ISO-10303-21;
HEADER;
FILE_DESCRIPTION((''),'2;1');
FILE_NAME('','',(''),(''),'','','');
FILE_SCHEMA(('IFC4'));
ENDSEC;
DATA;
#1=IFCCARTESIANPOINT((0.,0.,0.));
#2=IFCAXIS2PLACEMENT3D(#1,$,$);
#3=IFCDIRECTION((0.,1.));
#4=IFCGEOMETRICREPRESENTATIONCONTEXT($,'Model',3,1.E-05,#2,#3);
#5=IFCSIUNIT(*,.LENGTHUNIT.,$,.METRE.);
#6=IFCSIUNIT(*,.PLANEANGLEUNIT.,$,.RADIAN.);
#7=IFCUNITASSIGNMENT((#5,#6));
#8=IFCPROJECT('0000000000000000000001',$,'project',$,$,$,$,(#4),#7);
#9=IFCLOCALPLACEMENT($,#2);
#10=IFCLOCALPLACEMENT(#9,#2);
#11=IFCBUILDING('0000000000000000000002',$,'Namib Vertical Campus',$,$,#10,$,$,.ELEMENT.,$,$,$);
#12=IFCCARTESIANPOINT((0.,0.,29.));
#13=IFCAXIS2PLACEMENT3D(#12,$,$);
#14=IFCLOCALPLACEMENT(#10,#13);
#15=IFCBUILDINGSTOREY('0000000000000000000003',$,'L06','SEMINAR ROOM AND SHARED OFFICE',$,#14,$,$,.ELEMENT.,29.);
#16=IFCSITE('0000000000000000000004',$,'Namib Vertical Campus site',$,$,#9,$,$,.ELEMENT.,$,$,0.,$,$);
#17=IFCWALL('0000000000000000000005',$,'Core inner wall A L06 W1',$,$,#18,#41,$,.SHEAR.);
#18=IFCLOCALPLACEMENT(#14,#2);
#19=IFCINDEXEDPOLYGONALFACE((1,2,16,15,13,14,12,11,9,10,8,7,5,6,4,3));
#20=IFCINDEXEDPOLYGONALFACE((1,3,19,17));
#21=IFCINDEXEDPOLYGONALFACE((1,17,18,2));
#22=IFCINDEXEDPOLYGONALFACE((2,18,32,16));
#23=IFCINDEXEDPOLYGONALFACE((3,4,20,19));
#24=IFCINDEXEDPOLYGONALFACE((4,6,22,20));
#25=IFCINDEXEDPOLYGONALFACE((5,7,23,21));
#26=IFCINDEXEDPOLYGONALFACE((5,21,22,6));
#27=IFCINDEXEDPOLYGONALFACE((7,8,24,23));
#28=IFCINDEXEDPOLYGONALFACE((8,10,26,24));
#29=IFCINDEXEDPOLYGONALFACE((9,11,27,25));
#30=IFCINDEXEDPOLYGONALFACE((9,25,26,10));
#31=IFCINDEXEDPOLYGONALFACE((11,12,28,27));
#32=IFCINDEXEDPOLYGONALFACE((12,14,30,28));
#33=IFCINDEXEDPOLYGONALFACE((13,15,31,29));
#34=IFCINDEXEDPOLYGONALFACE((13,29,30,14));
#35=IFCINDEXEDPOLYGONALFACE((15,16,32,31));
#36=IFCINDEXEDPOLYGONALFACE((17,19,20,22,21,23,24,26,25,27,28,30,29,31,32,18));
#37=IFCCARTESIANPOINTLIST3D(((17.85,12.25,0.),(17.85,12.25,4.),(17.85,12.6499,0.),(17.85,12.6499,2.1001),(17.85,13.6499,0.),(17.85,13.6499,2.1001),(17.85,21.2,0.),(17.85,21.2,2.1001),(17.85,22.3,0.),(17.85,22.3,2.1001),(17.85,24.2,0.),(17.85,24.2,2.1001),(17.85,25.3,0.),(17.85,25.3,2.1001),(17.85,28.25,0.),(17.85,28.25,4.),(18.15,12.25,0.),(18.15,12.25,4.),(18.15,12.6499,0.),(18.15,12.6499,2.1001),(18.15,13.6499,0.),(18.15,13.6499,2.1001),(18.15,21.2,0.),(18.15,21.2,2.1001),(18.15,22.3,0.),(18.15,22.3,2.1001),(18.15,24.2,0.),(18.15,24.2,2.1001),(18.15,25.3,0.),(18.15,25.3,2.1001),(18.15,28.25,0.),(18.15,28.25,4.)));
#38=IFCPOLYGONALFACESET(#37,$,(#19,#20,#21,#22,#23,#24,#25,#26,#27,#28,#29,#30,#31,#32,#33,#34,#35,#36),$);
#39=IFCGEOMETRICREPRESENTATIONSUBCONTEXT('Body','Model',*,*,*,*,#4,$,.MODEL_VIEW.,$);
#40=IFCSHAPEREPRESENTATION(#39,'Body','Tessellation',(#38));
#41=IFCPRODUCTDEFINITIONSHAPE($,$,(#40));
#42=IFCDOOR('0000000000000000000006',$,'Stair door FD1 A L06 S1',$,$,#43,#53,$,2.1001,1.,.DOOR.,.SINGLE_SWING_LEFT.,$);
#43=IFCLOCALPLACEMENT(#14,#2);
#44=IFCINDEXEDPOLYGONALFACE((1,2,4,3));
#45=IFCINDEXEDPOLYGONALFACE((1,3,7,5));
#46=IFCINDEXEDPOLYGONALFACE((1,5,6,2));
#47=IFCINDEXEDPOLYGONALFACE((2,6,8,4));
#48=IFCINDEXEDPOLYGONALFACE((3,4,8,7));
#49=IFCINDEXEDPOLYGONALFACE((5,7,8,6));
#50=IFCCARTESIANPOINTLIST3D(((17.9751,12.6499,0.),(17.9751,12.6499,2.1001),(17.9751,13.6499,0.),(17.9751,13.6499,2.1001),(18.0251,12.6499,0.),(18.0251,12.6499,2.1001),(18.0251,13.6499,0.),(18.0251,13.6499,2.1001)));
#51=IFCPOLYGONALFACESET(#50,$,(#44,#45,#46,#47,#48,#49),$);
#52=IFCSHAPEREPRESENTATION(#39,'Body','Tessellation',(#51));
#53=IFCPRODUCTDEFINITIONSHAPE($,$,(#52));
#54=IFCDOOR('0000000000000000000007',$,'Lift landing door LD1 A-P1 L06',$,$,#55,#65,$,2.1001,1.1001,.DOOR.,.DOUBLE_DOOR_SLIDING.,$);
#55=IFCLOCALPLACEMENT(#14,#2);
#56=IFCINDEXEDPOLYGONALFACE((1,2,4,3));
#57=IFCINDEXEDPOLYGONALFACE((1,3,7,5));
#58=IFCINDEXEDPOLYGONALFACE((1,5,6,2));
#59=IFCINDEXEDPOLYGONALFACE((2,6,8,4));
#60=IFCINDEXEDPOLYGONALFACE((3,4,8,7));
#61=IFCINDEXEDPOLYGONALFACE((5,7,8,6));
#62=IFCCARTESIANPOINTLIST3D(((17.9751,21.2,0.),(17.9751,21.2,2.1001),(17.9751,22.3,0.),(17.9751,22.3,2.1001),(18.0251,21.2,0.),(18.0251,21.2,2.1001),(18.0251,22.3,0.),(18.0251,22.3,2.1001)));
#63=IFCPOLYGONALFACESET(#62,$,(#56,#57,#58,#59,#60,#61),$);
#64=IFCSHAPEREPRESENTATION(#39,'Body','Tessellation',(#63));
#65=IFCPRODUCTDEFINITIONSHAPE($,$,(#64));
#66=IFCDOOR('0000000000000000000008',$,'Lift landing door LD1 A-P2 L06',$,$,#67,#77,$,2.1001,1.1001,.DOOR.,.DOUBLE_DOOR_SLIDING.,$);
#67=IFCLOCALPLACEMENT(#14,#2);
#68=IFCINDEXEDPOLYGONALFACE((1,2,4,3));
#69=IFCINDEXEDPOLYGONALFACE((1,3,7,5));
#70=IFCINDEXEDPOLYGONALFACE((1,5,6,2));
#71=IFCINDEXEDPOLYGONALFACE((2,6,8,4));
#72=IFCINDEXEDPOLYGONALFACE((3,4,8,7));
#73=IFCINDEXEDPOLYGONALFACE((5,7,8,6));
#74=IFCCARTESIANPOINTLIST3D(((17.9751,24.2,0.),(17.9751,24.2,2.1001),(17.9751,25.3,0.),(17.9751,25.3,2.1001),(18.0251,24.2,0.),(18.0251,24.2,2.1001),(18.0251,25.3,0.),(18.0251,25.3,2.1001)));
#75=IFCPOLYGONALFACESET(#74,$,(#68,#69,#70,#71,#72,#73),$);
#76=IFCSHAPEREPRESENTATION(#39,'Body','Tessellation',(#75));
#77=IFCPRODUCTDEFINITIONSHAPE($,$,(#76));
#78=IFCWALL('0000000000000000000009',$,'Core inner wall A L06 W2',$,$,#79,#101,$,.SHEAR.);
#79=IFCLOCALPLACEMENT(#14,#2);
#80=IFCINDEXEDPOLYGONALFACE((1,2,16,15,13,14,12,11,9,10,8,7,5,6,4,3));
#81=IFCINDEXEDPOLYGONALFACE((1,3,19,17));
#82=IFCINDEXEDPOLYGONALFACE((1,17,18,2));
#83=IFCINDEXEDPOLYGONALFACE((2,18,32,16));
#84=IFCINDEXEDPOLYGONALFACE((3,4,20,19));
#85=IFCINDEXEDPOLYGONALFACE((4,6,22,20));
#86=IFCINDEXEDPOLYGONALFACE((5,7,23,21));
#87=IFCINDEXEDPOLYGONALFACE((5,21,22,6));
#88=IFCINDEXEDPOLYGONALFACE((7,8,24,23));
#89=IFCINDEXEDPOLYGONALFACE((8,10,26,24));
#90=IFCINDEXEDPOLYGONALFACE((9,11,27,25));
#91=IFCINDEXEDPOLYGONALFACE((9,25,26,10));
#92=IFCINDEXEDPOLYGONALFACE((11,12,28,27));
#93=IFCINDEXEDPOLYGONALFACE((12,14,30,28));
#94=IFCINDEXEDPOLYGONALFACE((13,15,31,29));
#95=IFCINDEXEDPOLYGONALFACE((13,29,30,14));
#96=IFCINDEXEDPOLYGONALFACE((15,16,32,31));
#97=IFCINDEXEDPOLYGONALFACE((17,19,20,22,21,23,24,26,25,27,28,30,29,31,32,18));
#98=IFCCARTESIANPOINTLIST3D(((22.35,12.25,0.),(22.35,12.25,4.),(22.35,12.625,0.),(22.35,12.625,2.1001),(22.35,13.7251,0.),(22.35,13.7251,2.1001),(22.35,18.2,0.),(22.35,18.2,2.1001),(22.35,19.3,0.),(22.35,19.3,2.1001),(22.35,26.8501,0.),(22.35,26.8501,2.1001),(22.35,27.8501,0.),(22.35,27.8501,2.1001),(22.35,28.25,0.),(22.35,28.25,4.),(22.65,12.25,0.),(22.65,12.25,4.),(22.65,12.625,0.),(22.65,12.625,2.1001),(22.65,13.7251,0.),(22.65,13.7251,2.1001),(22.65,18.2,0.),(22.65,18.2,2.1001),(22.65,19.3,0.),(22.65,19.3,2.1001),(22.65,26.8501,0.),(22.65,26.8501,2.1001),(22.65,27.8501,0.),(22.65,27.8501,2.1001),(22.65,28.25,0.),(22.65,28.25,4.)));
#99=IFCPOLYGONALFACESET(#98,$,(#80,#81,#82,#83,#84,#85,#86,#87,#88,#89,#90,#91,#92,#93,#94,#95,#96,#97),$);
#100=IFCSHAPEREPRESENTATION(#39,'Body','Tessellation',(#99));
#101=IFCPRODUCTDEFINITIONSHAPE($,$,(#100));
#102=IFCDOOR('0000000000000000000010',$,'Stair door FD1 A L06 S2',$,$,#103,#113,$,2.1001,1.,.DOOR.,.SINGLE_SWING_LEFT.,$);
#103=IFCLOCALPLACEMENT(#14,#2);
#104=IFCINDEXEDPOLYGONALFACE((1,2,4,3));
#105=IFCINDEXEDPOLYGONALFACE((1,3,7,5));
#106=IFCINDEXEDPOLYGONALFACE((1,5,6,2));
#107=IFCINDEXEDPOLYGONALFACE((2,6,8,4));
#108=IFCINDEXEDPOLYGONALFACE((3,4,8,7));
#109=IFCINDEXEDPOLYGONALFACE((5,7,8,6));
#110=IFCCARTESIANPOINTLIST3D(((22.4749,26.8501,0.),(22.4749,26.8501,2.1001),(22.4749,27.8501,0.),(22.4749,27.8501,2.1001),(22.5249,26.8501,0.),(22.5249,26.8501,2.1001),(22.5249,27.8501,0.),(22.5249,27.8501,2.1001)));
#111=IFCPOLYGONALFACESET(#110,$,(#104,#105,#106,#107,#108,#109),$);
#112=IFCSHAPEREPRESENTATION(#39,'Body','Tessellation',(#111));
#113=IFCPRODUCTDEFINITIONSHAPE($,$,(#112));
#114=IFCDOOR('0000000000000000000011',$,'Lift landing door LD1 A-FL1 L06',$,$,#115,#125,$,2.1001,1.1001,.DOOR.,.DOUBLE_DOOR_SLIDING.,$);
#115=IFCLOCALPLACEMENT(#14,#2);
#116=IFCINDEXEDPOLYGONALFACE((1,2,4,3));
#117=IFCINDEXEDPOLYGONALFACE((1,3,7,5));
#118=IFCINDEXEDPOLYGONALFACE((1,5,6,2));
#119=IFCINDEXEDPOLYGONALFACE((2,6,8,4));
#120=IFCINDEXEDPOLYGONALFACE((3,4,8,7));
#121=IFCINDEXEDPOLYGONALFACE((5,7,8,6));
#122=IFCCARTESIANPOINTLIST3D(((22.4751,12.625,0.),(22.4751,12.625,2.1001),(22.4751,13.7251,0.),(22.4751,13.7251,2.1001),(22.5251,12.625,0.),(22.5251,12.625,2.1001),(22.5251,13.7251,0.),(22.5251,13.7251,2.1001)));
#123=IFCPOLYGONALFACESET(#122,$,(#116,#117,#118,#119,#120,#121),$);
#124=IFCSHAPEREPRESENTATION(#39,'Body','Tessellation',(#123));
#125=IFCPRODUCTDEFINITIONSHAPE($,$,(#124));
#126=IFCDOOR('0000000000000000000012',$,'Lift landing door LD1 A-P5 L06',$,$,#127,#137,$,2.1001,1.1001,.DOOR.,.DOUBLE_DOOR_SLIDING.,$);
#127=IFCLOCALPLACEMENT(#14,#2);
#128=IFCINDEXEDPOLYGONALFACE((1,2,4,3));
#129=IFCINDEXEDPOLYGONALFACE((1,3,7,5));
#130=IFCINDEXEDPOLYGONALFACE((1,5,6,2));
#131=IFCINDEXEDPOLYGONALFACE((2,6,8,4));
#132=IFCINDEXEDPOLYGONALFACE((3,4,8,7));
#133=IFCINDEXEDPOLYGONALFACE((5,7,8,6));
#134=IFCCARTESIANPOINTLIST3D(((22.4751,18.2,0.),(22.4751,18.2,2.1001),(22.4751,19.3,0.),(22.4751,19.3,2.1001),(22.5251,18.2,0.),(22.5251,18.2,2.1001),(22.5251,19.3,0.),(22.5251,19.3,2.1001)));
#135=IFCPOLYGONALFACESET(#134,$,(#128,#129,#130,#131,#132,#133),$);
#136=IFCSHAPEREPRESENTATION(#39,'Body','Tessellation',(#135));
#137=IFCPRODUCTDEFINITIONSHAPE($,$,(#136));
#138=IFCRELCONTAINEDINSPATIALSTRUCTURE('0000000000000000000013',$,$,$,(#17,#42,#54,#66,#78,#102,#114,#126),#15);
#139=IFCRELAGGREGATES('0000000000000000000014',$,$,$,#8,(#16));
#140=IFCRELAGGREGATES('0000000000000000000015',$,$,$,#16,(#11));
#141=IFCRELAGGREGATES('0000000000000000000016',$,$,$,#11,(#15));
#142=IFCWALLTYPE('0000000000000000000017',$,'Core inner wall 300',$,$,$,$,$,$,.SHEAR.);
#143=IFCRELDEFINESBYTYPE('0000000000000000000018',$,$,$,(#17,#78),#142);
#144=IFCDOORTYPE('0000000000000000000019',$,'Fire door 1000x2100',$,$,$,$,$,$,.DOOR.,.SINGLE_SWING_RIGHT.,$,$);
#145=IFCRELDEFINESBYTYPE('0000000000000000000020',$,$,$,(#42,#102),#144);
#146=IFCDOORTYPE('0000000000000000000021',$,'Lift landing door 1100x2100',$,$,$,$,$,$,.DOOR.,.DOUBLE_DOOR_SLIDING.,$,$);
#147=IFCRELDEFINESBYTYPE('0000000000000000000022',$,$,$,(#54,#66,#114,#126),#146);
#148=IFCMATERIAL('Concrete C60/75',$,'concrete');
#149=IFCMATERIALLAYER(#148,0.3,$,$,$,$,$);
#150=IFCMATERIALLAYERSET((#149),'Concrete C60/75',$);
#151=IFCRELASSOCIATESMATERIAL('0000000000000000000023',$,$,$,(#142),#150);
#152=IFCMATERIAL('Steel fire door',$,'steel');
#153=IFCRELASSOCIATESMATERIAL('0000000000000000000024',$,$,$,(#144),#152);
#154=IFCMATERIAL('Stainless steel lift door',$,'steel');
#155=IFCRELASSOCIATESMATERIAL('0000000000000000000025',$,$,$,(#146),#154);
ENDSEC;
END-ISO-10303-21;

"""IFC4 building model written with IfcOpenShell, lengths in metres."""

from ifc_helpers import new_model, si_unit, direction, frame, frame_2d, origin, place, context, subcontext, project, spatial, rectangle, extrude, material, layer, layer_set, type_object, element, fill, save


model = new_model("IFC4")

# Units and contexts
model_context = context("Model", 3, precision=1e-05, world=origin(), true_north=direction((0.0, 1.0)))
body_context = subcontext(model_context, "Body", "Model", "MODEL_VIEW")
ifc_project = project(units=[si_unit("LENGTHUNIT", "METRE"), si_unit("PLANEANGLEUNIT", "RADIAN")], contexts=[model_context])

# Site, building, storey
site_placement = place(None, origin())
site = spatial("IfcSite", under=ifc_project, at=site_placement, Name="Namib Vertical Campus site", CompositionType="ELEMENT", RefElevation=0.0)
building_placement = place(site_placement, origin())
building = spatial("IfcBuilding", under=site, at=building_placement, Name="Namib Vertical Campus", CompositionType="ELEMENT")
storey_placement = place(building_placement, frame((0.0, 0.0, 29.0)))
storey = spatial("IfcBuildingStorey", under=building, at=storey_placement, Name="L06", Description="SEMINAR ROOM AND SHARED OFFICE", CompositionType="ELEMENT", Elevation=29.0)

# Walls, openings, doors
ifc_material_1 = material(Name="Concrete C60/75", Category="concrete")
ifc_layer_1 = layer(ifc_material_1, 0.3)
ifc_layer_set_1 = layer_set([ifc_layer_1], Name="Concrete C60/75")
wall_type_1 = type_object("IfcWallType", Name="Core inner wall 300", PredefinedType="SHEAR", material=ifc_layer_set_1)
wall_1_placement = place(storey_placement, frame((18.0, 12.25, 0.0), z_axis=(0.0, 0.0, 1.0), x_axis=(0.0, 1.0, 0.0)))
wall_1 = element("IfcWall", 1, at=wall_1_placement, inside=storey, type_object=wall_type_1, Name="Core inner wall A L06 W1", PredefinedType="SHEAR", context=body_context, shape_type="SweptSolid", body=[
    extrude(rectangle(XDim=16.0, YDim=0.3, at=frame_2d((8.0, 0.0))), origin(), (0.0, 0.0, 1.0), 4.0),
])
opening_1_placement = place(wall_1_placement, frame((0.3999, 0.0, 0.0)))
opening_1 = element("IfcOpeningElement", 2, at=opening_1_placement, cuts=wall_1, PredefinedType="OPENING", context=body_context, shape_type="SweptSolid", body=[
    extrude(rectangle(XDim=1.0, YDim=2.1001, at=frame_2d((0.5, 1.05))), frame((0.0, 0.1599, 0.0), z_axis=(0.0, -1.0, 0.0), x_axis=(1.0, 0.0, 0.0)), (0.0, 0.0, 1.0), 0.3201),
])
opening_2_placement = place(wall_1_placement, frame((8.95, 0.0, 0.0)))
opening_2 = element("IfcOpeningElement", 3, at=opening_2_placement, cuts=wall_1, PredefinedType="OPENING", context=body_context, shape_type="SweptSolid", body=[
    extrude(rectangle(XDim=1.1001, YDim=2.1001, at=frame_2d((0.55, 1.05))), frame((0.0, 0.1599, 0.0), z_axis=(0.0, -1.0, 0.0), x_axis=(1.0, 0.0, 0.0)), (0.0, 0.0, 1.0), 0.3201),
])
opening_3_placement = place(wall_1_placement, frame((11.95, 0.0, 0.0)))
opening_3 = element("IfcOpeningElement", 4, at=opening_3_placement, cuts=wall_1, PredefinedType="OPENING", context=body_context, shape_type="SweptSolid", body=[
    extrude(rectangle(XDim=1.1001, YDim=2.1001, at=frame_2d((0.55, 1.05))), frame((0.0, 0.1599, 0.0), z_axis=(0.0, -1.0, 0.0), x_axis=(1.0, 0.0, 0.0)), (0.0, 0.0, 1.0), 0.3201),
])
ifc_material_2 = material(Name="Steel fire door", Category="steel")
door_type_1 = type_object("IfcDoorType", Name="Fire door 1000x2100", OperationType="SINGLE_SWING_RIGHT", PredefinedType="DOOR", material=ifc_material_2)
door_1_placement = place(opening_1_placement, origin())
door_1 = element("IfcDoor", 5, at=door_1_placement, inside=storey, type_object=door_type_1, Name="Stair door FD1 A L06 S1", OperationType="SINGLE_SWING_LEFT", OverallHeight=2.1001, OverallWidth=1.0, PredefinedType="DOOR", context=body_context, shape_type="SweptSolid", body=[
    extrude(rectangle(XDim=1.0, YDim=2.1001, at=frame_2d((0.5, 1.05))), frame((0.0, 0.0249, 0.0), z_axis=(0.0, -1.0, 0.0), x_axis=(1.0, 0.0, 0.0)), (0.0, 0.0, 1.0), 0.05),
])
fill(opening_1, door_1)
ifc_material_3 = material(Name="Stainless steel lift door", Category="steel")
door_type_2 = type_object("IfcDoorType", Name="Lift landing door 1100x2100", OperationType="DOUBLE_DOOR_SLIDING", PredefinedType="DOOR", material=ifc_material_3)
door_2_placement = place(opening_2_placement, origin())
door_2 = element("IfcDoor", 6, at=door_2_placement, inside=storey, type_object=door_type_2, Name="Lift landing door LD1 A-P1 L06", OperationType="DOUBLE_DOOR_SLIDING", OverallHeight=2.1001, OverallWidth=1.1001, PredefinedType="DOOR", context=body_context, shape_type="SweptSolid", body=[
    extrude(rectangle(XDim=1.1001, YDim=2.1001, at=frame_2d((0.55, 1.05))), frame((0.0, 0.0249, 0.0), z_axis=(0.0, -1.0, 0.0), x_axis=(1.0, 0.0, 0.0)), (0.0, 0.0, 1.0), 0.05),
])
fill(opening_2, door_2)
door_3_placement = place(opening_3_placement, origin())
door_3 = element("IfcDoor", 7, at=door_3_placement, inside=storey, type_object=door_type_2, Name="Lift landing door LD1 A-P2 L06", OperationType="DOUBLE_DOOR_SLIDING", OverallHeight=2.1001, OverallWidth=1.1001, PredefinedType="DOOR", context=body_context, shape_type="SweptSolid", body=[
    extrude(rectangle(XDim=1.1001, YDim=2.1001, at=frame_2d((0.55, 1.05))), frame((0.0, 0.0249, 0.0), z_axis=(0.0, -1.0, 0.0), x_axis=(1.0, 0.0, 0.0)), (0.0, 0.0, 1.0), 0.05),
])
fill(opening_3, door_3)
wall_2_placement = place(storey_placement, frame((22.5, 12.25, 0.0), z_axis=(0.0, 0.0, 1.0), x_axis=(0.0, 1.0, 0.0)))
wall_2 = element("IfcWall", 8, at=wall_2_placement, inside=storey, type_object=wall_type_1, Name="Core inner wall A L06 W2", PredefinedType="SHEAR", context=body_context, shape_type="SweptSolid", body=[
    extrude(rectangle(XDim=16.0, YDim=0.3, at=frame_2d((8.0, 0.0))), origin(), (0.0, 0.0, 1.0), 4.0),
])
opening_4_placement = place(wall_2_placement, frame((14.6001, 0.0, 0.0)))
opening_4 = element("IfcOpeningElement", 9, at=opening_4_placement, cuts=wall_2, PredefinedType="OPENING", context=body_context, shape_type="SweptSolid", body=[
    extrude(rectangle(XDim=1.0, YDim=2.1001, at=frame_2d((0.5, 1.05))), frame((0.0, 0.1599, 0.0), z_axis=(0.0, -1.0, 0.0), x_axis=(1.0, 0.0, 0.0)), (0.0, 0.0, 1.0), 0.3201),
])
opening_5_placement = place(wall_2_placement, frame((0.375, 0.0, 0.0)))
opening_5 = element("IfcOpeningElement", 10, at=opening_5_placement, cuts=wall_2, PredefinedType="OPENING", context=body_context, shape_type="SweptSolid", body=[
    extrude(rectangle(XDim=1.1001, YDim=2.1001, at=frame_2d((0.55, 1.05))), frame((0.0, 0.1599, 0.0), z_axis=(0.0, -1.0, 0.0), x_axis=(1.0, 0.0, 0.0)), (0.0, 0.0, 1.0), 0.3201),
])
opening_6_placement = place(wall_2_placement, frame((5.95, 0.0, 0.0)))
opening_6 = element("IfcOpeningElement", 11, at=opening_6_placement, cuts=wall_2, PredefinedType="OPENING", context=body_context, shape_type="SweptSolid", body=[
    extrude(rectangle(XDim=1.1001, YDim=2.1001, at=frame_2d((0.55, 1.05))), frame((0.0, 0.1599, 0.0), z_axis=(0.0, -1.0, 0.0), x_axis=(1.0, 0.0, 0.0)), (0.0, 0.0, 1.0), 0.3201),
])
door_4_placement = place(opening_4_placement, frame((1.0, 0.0, 0.0), z_axis=(0.0, 0.0, 1.0), x_axis=(-1.0, 0.0, 0.0)))
door_4 = element("IfcDoor", 12, at=door_4_placement, inside=storey, type_object=door_type_1, Name="Stair door FD1 A L06 S2", OperationType="SINGLE_SWING_LEFT", OverallHeight=2.1001, OverallWidth=1.0, PredefinedType="DOOR", context=body_context, shape_type="SweptSolid", body=[
    extrude(rectangle(XDim=1.0, YDim=2.1001, at=frame_2d((0.5, 1.05))), frame((0.0, 0.0249, 0.0), z_axis=(0.0, -1.0, 0.0), x_axis=(1.0, 0.0, 0.0)), (0.0, 0.0, 1.0), 0.05),
])
fill(opening_4, door_4)
door_5_placement = place(opening_5_placement, origin())
door_5 = element("IfcDoor", 13, at=door_5_placement, inside=storey, type_object=door_type_2, Name="Lift landing door LD1 A-FL1 L06", OperationType="DOUBLE_DOOR_SLIDING", OverallHeight=2.1001, OverallWidth=1.1001, PredefinedType="DOOR", context=body_context, shape_type="SweptSolid", body=[
    extrude(rectangle(XDim=1.1001, YDim=2.1001, at=frame_2d((0.55, 1.05))), frame((0.0, 0.0249, 0.0), z_axis=(0.0, -1.0, 0.0), x_axis=(1.0, 0.0, 0.0)), (0.0, 0.0, 1.0), 0.05),
])
fill(opening_5, door_5)
door_6_placement = place(opening_6_placement, origin())
door_6 = element("IfcDoor", 14, at=door_6_placement, inside=storey, type_object=door_type_2, Name="Lift landing door LD1 A-P5 L06", OperationType="DOUBLE_DOOR_SLIDING", OverallHeight=2.1001, OverallWidth=1.1001, PredefinedType="DOOR", context=body_context, shape_type="SweptSolid", body=[
    extrude(rectangle(XDim=1.1001, YDim=2.1001, at=frame_2d((0.55, 1.05))), frame((0.0, 0.0249, 0.0), z_axis=(0.0, -1.0, 0.0), x_axis=(1.0, 0.0, 0.0)), (0.0, 0.0, 1.0), 0.05),
])
fill(opening_6, door_6)

save(model, "model.ifc")
